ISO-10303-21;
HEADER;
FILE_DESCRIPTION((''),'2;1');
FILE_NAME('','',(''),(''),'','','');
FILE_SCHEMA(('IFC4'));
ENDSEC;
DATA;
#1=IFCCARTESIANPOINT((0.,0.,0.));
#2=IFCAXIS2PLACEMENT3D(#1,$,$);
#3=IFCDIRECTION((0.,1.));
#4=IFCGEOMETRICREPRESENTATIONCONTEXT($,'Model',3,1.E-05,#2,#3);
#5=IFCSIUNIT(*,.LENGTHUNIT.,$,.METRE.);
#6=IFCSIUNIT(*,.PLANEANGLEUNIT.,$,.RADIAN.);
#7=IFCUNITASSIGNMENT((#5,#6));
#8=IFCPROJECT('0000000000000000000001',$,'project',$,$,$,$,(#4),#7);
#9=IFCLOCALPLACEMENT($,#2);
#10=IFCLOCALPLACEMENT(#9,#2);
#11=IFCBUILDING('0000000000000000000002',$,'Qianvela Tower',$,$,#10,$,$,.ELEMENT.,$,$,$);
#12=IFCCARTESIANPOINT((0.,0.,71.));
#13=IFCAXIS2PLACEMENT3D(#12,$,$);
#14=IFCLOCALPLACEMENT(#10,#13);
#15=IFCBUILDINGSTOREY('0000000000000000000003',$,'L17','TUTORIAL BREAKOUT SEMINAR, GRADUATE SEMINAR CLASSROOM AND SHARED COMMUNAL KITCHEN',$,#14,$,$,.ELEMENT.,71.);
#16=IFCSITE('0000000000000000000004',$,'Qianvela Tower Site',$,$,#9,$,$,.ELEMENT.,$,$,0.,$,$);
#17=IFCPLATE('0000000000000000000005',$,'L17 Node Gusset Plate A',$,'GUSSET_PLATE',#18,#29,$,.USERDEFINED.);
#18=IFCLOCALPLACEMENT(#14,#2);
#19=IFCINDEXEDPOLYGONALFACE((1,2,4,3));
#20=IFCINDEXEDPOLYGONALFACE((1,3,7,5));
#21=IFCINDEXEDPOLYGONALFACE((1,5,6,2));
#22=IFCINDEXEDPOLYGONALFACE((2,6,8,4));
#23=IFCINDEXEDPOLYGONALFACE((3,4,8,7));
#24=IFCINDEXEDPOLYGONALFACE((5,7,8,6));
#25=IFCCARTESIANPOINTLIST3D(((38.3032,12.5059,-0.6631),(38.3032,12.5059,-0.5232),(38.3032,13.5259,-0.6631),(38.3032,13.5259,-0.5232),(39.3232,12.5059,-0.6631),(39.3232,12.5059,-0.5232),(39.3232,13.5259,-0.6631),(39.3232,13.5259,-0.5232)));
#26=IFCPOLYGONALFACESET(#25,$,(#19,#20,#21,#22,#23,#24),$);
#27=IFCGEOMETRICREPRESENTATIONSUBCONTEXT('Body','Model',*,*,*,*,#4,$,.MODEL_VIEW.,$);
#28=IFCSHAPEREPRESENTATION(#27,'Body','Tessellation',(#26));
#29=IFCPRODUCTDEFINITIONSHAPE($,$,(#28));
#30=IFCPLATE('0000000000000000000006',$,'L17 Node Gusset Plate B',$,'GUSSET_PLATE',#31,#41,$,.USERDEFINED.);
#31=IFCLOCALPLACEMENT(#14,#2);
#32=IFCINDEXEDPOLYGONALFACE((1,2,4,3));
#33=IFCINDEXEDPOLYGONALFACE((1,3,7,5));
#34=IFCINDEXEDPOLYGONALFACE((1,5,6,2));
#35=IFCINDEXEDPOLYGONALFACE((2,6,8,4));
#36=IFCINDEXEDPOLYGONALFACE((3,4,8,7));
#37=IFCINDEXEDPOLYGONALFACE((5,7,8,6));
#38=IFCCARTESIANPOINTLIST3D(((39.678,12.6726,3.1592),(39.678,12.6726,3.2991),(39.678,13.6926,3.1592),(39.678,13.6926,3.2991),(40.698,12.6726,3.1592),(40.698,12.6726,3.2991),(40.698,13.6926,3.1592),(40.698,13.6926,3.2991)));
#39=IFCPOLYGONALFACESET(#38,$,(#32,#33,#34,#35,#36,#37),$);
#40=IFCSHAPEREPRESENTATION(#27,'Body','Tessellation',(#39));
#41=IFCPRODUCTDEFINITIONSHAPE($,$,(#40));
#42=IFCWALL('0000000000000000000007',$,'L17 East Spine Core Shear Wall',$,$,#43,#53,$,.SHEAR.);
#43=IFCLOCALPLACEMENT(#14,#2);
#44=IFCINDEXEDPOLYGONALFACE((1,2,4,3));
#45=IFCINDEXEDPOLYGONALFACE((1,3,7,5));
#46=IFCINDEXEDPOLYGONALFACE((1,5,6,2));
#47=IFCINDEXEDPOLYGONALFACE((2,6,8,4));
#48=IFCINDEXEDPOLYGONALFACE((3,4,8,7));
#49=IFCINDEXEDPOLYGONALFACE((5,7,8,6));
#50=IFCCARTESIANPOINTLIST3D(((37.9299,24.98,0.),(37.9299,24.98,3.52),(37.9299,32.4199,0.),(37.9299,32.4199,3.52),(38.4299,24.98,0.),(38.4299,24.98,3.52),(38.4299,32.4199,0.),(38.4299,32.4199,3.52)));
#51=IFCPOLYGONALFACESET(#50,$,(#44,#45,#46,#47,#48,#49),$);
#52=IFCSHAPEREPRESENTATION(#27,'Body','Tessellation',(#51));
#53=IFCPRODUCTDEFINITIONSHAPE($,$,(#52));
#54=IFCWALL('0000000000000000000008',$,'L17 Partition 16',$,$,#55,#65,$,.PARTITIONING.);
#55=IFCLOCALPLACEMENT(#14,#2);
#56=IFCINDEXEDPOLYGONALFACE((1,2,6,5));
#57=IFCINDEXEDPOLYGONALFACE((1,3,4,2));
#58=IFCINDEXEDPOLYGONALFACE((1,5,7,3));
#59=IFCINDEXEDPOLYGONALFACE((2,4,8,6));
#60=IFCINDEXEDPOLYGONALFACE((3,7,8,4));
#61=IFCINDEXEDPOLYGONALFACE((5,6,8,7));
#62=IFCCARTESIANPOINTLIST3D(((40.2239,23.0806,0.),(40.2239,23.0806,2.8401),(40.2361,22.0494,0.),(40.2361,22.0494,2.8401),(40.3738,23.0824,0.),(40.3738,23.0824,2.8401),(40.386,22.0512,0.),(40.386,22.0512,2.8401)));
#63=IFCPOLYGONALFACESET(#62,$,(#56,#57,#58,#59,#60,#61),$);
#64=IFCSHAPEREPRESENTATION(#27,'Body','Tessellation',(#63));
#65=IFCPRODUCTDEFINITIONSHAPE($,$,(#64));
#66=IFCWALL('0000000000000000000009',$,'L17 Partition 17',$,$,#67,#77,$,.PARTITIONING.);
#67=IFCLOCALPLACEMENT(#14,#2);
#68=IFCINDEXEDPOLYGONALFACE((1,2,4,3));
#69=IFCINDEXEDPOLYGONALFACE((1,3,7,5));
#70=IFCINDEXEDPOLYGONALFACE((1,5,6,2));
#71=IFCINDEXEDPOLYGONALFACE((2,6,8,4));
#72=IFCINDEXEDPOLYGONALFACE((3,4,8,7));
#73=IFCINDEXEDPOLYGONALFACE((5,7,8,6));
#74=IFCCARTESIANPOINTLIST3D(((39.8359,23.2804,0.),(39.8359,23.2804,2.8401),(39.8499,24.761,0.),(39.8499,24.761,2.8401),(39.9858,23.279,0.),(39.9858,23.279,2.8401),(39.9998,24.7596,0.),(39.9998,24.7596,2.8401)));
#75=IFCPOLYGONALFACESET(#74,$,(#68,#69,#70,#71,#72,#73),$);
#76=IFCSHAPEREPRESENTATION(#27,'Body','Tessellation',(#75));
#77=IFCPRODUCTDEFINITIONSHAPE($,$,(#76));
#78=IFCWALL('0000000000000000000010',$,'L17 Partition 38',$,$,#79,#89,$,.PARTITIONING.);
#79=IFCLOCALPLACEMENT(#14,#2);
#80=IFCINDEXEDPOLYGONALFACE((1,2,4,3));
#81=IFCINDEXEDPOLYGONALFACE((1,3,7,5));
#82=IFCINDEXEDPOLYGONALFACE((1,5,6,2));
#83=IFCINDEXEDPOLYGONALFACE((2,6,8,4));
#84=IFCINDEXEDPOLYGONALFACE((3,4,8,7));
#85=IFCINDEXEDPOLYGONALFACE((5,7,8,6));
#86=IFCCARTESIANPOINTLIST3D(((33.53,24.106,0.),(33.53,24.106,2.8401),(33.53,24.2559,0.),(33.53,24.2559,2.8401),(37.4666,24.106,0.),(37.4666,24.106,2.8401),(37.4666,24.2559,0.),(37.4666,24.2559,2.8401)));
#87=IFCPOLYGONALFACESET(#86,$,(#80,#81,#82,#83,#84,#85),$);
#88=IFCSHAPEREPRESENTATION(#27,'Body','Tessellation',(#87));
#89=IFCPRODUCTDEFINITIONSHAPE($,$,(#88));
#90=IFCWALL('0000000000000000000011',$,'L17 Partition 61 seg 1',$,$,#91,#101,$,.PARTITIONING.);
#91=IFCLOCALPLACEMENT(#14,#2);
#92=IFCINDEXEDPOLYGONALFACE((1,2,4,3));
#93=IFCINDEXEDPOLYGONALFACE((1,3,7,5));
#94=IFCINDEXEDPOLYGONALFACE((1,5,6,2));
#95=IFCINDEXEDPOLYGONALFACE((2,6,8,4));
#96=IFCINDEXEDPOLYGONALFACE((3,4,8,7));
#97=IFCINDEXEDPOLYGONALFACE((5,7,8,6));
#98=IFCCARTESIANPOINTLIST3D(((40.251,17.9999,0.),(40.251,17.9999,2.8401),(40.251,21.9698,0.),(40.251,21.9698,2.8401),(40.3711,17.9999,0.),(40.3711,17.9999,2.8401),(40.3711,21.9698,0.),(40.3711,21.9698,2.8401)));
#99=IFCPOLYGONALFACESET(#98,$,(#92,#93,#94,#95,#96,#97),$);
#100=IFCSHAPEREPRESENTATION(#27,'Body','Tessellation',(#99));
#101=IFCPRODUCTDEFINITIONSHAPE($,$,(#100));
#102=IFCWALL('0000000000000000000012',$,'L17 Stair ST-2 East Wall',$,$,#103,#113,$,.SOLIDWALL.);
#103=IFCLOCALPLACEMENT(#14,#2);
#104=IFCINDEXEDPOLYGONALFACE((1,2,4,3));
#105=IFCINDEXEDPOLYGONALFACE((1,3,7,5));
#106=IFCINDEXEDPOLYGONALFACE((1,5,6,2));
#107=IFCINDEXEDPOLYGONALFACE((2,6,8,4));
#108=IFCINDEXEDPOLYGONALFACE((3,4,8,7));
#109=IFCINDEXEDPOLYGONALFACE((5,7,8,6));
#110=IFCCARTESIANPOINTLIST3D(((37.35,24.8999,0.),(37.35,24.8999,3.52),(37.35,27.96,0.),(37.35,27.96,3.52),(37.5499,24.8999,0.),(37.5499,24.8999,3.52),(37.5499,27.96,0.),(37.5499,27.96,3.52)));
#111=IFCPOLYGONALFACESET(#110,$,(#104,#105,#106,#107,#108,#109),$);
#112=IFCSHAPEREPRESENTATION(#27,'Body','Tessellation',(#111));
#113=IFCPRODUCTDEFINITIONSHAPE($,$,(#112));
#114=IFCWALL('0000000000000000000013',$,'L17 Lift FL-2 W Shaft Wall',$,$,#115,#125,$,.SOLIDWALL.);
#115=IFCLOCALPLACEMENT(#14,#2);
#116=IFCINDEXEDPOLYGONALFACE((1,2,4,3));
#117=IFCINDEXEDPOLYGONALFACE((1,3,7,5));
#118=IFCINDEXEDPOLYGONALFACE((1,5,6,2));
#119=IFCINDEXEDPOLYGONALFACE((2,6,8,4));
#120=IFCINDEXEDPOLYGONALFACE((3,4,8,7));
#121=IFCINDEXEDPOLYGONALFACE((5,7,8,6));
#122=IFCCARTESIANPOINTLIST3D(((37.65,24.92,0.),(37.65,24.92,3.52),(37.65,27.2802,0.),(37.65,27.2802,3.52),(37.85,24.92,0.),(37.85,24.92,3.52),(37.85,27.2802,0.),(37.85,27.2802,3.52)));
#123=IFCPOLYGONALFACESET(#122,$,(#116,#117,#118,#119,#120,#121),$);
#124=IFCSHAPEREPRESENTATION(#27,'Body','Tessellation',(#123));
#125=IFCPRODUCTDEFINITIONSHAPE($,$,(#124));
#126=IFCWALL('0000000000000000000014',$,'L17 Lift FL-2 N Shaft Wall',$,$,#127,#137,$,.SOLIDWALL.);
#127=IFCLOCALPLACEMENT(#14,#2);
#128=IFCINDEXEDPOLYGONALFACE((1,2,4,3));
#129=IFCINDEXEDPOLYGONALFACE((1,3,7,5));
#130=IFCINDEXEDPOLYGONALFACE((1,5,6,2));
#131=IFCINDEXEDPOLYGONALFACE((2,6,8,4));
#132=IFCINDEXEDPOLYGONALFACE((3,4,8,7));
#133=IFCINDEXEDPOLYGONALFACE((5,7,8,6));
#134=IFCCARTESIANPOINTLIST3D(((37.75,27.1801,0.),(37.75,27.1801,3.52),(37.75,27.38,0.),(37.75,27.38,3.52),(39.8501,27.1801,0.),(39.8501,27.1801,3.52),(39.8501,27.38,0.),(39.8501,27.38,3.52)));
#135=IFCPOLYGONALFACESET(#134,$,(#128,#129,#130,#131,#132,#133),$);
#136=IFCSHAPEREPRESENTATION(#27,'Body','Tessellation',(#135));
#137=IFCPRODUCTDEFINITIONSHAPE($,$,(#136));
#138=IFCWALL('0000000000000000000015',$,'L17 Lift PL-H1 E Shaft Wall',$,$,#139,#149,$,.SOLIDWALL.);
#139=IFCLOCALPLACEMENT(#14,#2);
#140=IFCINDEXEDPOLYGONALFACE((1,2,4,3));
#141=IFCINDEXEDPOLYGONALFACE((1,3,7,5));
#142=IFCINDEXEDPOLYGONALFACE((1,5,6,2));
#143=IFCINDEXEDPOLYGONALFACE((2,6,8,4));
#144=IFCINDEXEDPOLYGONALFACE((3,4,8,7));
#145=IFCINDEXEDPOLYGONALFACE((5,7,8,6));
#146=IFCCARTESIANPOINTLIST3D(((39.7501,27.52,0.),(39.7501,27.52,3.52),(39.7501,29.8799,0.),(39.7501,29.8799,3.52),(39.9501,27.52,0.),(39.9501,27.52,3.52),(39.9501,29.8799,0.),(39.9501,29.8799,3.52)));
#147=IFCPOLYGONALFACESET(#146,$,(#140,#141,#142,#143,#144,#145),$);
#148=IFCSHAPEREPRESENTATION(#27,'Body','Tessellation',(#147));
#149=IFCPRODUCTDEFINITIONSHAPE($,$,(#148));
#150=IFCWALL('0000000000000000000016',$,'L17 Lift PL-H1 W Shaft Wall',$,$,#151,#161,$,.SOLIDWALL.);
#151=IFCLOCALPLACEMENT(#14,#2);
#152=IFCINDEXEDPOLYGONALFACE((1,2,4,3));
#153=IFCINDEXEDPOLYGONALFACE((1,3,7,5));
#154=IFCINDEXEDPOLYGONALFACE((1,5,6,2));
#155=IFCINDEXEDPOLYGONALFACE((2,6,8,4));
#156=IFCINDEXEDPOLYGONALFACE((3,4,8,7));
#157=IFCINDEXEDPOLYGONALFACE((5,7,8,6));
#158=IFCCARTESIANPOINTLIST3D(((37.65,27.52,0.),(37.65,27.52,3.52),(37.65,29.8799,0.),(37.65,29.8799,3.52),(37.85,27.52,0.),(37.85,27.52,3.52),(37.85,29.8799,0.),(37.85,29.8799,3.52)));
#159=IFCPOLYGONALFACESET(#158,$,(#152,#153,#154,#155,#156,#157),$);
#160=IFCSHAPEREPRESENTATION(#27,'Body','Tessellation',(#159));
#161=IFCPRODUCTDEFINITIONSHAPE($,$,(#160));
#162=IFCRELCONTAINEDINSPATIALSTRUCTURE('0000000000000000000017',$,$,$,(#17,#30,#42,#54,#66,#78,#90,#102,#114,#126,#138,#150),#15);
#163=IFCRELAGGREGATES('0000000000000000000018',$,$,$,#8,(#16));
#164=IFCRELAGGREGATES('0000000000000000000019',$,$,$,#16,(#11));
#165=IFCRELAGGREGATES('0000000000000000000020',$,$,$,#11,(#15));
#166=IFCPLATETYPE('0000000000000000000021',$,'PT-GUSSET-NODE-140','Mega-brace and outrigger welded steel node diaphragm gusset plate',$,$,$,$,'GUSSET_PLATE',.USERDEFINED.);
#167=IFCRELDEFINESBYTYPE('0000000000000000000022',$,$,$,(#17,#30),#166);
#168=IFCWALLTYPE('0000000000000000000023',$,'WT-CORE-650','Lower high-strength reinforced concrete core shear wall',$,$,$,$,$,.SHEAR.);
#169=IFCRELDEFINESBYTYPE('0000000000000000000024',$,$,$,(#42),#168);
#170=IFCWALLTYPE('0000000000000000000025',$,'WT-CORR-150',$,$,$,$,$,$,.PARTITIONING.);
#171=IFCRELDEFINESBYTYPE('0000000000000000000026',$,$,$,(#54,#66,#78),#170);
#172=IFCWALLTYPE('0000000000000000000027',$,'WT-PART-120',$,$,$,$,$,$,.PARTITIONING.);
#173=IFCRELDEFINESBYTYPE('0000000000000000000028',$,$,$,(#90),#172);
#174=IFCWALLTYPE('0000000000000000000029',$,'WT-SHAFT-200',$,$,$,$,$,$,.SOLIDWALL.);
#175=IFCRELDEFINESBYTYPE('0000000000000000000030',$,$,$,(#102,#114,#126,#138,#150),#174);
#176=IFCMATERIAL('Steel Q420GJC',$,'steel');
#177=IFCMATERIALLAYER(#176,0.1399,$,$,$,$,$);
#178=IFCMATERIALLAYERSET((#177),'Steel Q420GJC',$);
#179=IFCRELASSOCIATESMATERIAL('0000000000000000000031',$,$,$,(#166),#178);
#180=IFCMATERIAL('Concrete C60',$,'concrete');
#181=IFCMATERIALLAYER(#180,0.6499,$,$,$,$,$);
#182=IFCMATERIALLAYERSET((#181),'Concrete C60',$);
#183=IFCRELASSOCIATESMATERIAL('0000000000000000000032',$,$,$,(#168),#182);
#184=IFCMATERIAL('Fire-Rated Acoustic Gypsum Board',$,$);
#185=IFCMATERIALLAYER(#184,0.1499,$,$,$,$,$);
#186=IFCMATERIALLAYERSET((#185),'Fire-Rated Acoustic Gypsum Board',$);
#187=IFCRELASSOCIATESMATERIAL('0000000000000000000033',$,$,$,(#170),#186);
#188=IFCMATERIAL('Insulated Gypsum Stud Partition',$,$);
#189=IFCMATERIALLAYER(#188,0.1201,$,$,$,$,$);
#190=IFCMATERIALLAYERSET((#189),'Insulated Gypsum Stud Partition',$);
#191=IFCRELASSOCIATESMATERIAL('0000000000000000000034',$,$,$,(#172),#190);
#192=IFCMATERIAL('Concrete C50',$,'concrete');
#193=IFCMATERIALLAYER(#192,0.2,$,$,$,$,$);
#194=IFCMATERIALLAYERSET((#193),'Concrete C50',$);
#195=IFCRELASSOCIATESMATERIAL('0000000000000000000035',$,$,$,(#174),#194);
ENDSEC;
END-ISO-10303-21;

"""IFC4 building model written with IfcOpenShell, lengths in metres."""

from ifc_helpers import new_model, si_unit, direction, frame, frame_2d, origin, origin_2d, place, context, subcontext, project, spatial, rectangle, extrude, material, layer, layer_set, type_object, element, save


model = new_model("IFC4")

# Units and contexts
model_context = context("Model", 3, precision=1e-05, world=origin(), true_north=direction((0.0, 1.0)))
body_context = subcontext(model_context, "Body", "Model", "MODEL_VIEW")
ifc_project = project(units=[si_unit("LENGTHUNIT", "METRE"), si_unit("PLANEANGLEUNIT", "RADIAN")], contexts=[model_context])

# Site, building, storey
site_placement = place(None, origin())
site = spatial("IfcSite", under=ifc_project, at=site_placement, Name="Qianvela Tower Site", CompositionType="ELEMENT", RefElevation=0.0)
building_placement = place(site_placement, origin())
building = spatial("IfcBuilding", under=site, at=building_placement, Name="Qianvela Tower", CompositionType="ELEMENT")
storey_placement = place(building_placement, frame((0.0, 0.0, 71.0)))
storey = spatial("IfcBuildingStorey", under=building, at=storey_placement, Name="L17", Description="TUTORIAL BREAKOUT SEMINAR, GRADUATE SEMINAR CLASSROOM AND SHARED COMMUNAL KITCHEN", CompositionType="ELEMENT", Elevation=71.0)

# Plates
ifc_material_1 = material(Name="Steel Q420GJC", Category="steel")
ifc_layer_1 = layer(ifc_material_1, 0.1399)
ifc_layer_set_1 = layer_set([ifc_layer_1], Name="Steel Q420GJC")
plate_type_1 = type_object("IfcPlateType", Name="PT-GUSSET-NODE-140", Description="Mega-brace and outrigger welded steel node diaphragm gusset plate", ElementType="GUSSET_PLATE", PredefinedType="USERDEFINED", material=ifc_layer_set_1)
for number, where, z_axis, x_axis, name in (
    (1, (38.8132, 13.0159, -0.6631), (0.0, 0.0, 1.0), (1.0, 0.0, 0.0), "L17 Node Gusset Plate A"),
    (2, (40.188, 13.1826, 3.1592), (0.0, 0.0, 1.0), (1.0, 0.0, 0.0), "L17 Node Gusset Plate B"),
):
    element("IfcPlate", number, at=place(storey_placement, frame(where, z_axis=z_axis, x_axis=x_axis)), inside=storey, type_object=plate_type_1, Name=name, ObjectType="GUSSET_PLATE", PredefinedType="USERDEFINED", context=body_context, shape_type="SweptSolid", body=[
        extrude(rectangle(XDim=1.02, YDim=1.02, at=origin_2d()), origin(), (0.0, 0.0, 1.0), 0.1399),
    ])

# Walls
ifc_material_2 = material(Name="Concrete C60", Category="concrete")
ifc_layer_2 = layer(ifc_material_2, 0.6499)
ifc_layer_set_2 = layer_set([ifc_layer_2], Name="Concrete C60")
wall_type_1 = type_object("IfcWallType", Name="WT-CORE-650", Description="Lower high-strength reinforced concrete core shear wall", PredefinedType="SHEAR", material=ifc_layer_set_2)
wall_1_placement = place(storey_placement, frame((38.1799, 24.98, 0.0), z_axis=(0.0, 0.0, 1.0), x_axis=(0.0, 1.0, 0.0)))
element("IfcWall", 3, at=wall_1_placement, inside=storey, type_object=wall_type_1, Name="L17 East Spine Core Shear Wall", PredefinedType="SHEAR", context=body_context, shape_type="SweptSolid", body=[
    extrude(rectangle(XDim=7.4399, YDim=0.5, at=frame_2d((3.72, 0.0))), origin(), (0.0, 0.0, 1.0), 3.52),
])
ifc_material_3 = material(Name="Fire-Rated Acoustic Gypsum Board")
ifc_layer_3 = layer(ifc_material_3, 0.1499)
ifc_layer_set_3 = layer_set([ifc_layer_3], Name="Fire-Rated Acoustic Gypsum Board")
wall_type_2 = type_object("IfcWallType", Name="WT-CORR-150", PredefinedType="PARTITIONING", material=ifc_layer_set_3)
wall_2_placement = place(storey_placement, frame((40.311, 22.0503, 0.0), z_axis=(0.0, 0.0, 1.0), x_axis=(-0.011836, 0.99993, 0.0)))
element("IfcWall", 4, at=wall_2_placement, inside=storey, type_object=wall_type_2, Name="L17 Partition 16", PredefinedType="PARTITIONING", context=body_context, shape_type="SweptSolid", body=[
    extrude(rectangle(XDim=1.0312, YDim=0.1499, at=frame_2d((0.5156, 0.0))), origin(), (0.0, 0.0, 1.0), 2.8401),
])
wall_3_placement = place(storey_placement, frame((39.9109, 23.2798, 0.0), z_axis=(0.0, 0.0, 1.0), x_axis=(0.009398, 0.999956, 0.0)))
element("IfcWall", 5, at=wall_3_placement, inside=storey, type_object=wall_type_2, Name="L17 Partition 17", PredefinedType="PARTITIONING", context=body_context, shape_type="SweptSolid", body=[
    extrude(rectangle(XDim=1.4807, YDim=0.1499, at=frame_2d((0.7402, 0.0))), origin(), (0.0, 0.0, 1.0), 2.8401),
])
wall_4_placement = place(storey_placement, frame((37.4666, 24.1809, 0.0), z_axis=(0.0, 0.0, 1.0), x_axis=(-1.0, 0.0, 0.0)))
element("IfcWall", 6, at=wall_4_placement, inside=storey, type_object=wall_type_2, Name="L17 Partition 38", PredefinedType="PARTITIONING", context=body_context, shape_type="SweptSolid", body=[
    extrude(rectangle(XDim=3.9365, YDim=0.1499, at=frame_2d((1.9683, 0.0))), origin(), (0.0, 0.0, 1.0), 2.8401),
])
ifc_material_4 = material(Name="Insulated Gypsum Stud Partition")
ifc_layer_4 = layer(ifc_material_4, 0.1201)
ifc_layer_set_4 = layer_set([ifc_layer_4], Name="Insulated Gypsum Stud Partition")
wall_type_3 = type_object("IfcWallType", Name="WT-PART-120", PredefinedType="PARTITIONING", material=ifc_layer_set_4)
wall_5_placement = place(storey_placement, frame((40.311, 18.0, 0.0), z_axis=(0.0, 0.0, 1.0), x_axis=(0.0, 1.0, 0.0)))
element("IfcWall", 7, at=wall_5_placement, inside=storey, type_object=wall_type_3, Name="L17 Partition 61 seg 1", PredefinedType="PARTITIONING", context=body_context, shape_type="SweptSolid", body=[
    extrude(rectangle(XDim=3.97, YDim=0.1201, at=frame_2d((1.9849, 0.0))), origin(), (0.0, 0.0, 1.0), 2.8401),
])
ifc_material_5 = material(Name="Concrete C50", Category="concrete")
ifc_layer_5 = layer(ifc_material_5, 0.2)
ifc_layer_set_5 = layer_set([ifc_layer_5], Name="Concrete C50")
wall_type_4 = type_object("IfcWallType", Name="WT-SHAFT-200", PredefinedType="SOLIDWALL", material=ifc_layer_set_5)
wall_6_placement = place(storey_placement, frame((37.45, 24.8999, 0.0), z_axis=(0.0, 0.0, 1.0), x_axis=(0.0, 1.0, 0.0)))
element("IfcWall", 8, at=wall_6_placement, inside=storey, type_object=wall_type_4, Name="L17 Stair ST-2 East Wall", PredefinedType="SOLIDWALL", context=body_context, shape_type="SweptSolid", body=[
    extrude(rectangle(XDim=3.0601, YDim=0.2, at=frame_2d((1.53, 0.0))), origin(), (0.0, 0.0, 1.0), 3.52),
])

# Walls
wall_7_placement = place(storey_placement, frame((37.75, 24.9199, 0.0), z_axis=(0.0, 0.0, 1.0), x_axis=(0.0, 1.0, 0.0)))
element("IfcWall", 9, at=wall_7_placement, inside=storey, type_object=wall_type_4, Name="L17 Lift FL-2 W Shaft Wall", PredefinedType="SOLIDWALL", context=body_context, shape_type="SweptSolid", body=[
    extrude(rectangle(XDim=2.3601, YDim=0.2, at=frame_2d((1.1802, 0.0))), origin(), (0.0, 0.0, 1.0), 3.52),
])
wall_8_placement = place(storey_placement, frame((37.75, 27.28, 0.0), z_axis=(0.0, 0.0, 1.0), x_axis=(1.0, 0.0, 0.0)))
element("IfcWall", 10, at=wall_8_placement, inside=storey, type_object=wall_type_4, Name="L17 Lift FL-2 N Shaft Wall", PredefinedType="SOLIDWALL", context=body_context, shape_type="SweptSolid", body=[
    extrude(rectangle(XDim=2.1001, YDim=0.2, at=frame_2d((1.05, 0.0))), origin(), (0.0, 0.0, 1.0), 3.52),
])
for number, where, z_axis, x_axis, name in (
    (11, (39.8501, 27.52, 0.0), (0.0, 0.0, 1.0), (0.0, 1.0, 0.0), "L17 Lift PL-H1 E Shaft Wall"),
    (12, (37.75, 27.52, 0.0), (0.0, 0.0, 1.0), (0.0, 1.0, 0.0), "L17 Lift PL-H1 W Shaft Wall"),
):
    element("IfcWall", number, at=place(storey_placement, frame(where, z_axis=z_axis, x_axis=x_axis)), inside=storey, type_object=wall_type_4, Name=name, PredefinedType="SOLIDWALL", context=body_context, shape_type="SweptSolid", body=[
        extrude(rectangle(XDim=2.3599, YDim=0.2, at=frame_2d((1.1799, 0.0))), origin(), (0.0, 0.0, 1.0), 3.52),
    ])

save(model, "model.ifc")
